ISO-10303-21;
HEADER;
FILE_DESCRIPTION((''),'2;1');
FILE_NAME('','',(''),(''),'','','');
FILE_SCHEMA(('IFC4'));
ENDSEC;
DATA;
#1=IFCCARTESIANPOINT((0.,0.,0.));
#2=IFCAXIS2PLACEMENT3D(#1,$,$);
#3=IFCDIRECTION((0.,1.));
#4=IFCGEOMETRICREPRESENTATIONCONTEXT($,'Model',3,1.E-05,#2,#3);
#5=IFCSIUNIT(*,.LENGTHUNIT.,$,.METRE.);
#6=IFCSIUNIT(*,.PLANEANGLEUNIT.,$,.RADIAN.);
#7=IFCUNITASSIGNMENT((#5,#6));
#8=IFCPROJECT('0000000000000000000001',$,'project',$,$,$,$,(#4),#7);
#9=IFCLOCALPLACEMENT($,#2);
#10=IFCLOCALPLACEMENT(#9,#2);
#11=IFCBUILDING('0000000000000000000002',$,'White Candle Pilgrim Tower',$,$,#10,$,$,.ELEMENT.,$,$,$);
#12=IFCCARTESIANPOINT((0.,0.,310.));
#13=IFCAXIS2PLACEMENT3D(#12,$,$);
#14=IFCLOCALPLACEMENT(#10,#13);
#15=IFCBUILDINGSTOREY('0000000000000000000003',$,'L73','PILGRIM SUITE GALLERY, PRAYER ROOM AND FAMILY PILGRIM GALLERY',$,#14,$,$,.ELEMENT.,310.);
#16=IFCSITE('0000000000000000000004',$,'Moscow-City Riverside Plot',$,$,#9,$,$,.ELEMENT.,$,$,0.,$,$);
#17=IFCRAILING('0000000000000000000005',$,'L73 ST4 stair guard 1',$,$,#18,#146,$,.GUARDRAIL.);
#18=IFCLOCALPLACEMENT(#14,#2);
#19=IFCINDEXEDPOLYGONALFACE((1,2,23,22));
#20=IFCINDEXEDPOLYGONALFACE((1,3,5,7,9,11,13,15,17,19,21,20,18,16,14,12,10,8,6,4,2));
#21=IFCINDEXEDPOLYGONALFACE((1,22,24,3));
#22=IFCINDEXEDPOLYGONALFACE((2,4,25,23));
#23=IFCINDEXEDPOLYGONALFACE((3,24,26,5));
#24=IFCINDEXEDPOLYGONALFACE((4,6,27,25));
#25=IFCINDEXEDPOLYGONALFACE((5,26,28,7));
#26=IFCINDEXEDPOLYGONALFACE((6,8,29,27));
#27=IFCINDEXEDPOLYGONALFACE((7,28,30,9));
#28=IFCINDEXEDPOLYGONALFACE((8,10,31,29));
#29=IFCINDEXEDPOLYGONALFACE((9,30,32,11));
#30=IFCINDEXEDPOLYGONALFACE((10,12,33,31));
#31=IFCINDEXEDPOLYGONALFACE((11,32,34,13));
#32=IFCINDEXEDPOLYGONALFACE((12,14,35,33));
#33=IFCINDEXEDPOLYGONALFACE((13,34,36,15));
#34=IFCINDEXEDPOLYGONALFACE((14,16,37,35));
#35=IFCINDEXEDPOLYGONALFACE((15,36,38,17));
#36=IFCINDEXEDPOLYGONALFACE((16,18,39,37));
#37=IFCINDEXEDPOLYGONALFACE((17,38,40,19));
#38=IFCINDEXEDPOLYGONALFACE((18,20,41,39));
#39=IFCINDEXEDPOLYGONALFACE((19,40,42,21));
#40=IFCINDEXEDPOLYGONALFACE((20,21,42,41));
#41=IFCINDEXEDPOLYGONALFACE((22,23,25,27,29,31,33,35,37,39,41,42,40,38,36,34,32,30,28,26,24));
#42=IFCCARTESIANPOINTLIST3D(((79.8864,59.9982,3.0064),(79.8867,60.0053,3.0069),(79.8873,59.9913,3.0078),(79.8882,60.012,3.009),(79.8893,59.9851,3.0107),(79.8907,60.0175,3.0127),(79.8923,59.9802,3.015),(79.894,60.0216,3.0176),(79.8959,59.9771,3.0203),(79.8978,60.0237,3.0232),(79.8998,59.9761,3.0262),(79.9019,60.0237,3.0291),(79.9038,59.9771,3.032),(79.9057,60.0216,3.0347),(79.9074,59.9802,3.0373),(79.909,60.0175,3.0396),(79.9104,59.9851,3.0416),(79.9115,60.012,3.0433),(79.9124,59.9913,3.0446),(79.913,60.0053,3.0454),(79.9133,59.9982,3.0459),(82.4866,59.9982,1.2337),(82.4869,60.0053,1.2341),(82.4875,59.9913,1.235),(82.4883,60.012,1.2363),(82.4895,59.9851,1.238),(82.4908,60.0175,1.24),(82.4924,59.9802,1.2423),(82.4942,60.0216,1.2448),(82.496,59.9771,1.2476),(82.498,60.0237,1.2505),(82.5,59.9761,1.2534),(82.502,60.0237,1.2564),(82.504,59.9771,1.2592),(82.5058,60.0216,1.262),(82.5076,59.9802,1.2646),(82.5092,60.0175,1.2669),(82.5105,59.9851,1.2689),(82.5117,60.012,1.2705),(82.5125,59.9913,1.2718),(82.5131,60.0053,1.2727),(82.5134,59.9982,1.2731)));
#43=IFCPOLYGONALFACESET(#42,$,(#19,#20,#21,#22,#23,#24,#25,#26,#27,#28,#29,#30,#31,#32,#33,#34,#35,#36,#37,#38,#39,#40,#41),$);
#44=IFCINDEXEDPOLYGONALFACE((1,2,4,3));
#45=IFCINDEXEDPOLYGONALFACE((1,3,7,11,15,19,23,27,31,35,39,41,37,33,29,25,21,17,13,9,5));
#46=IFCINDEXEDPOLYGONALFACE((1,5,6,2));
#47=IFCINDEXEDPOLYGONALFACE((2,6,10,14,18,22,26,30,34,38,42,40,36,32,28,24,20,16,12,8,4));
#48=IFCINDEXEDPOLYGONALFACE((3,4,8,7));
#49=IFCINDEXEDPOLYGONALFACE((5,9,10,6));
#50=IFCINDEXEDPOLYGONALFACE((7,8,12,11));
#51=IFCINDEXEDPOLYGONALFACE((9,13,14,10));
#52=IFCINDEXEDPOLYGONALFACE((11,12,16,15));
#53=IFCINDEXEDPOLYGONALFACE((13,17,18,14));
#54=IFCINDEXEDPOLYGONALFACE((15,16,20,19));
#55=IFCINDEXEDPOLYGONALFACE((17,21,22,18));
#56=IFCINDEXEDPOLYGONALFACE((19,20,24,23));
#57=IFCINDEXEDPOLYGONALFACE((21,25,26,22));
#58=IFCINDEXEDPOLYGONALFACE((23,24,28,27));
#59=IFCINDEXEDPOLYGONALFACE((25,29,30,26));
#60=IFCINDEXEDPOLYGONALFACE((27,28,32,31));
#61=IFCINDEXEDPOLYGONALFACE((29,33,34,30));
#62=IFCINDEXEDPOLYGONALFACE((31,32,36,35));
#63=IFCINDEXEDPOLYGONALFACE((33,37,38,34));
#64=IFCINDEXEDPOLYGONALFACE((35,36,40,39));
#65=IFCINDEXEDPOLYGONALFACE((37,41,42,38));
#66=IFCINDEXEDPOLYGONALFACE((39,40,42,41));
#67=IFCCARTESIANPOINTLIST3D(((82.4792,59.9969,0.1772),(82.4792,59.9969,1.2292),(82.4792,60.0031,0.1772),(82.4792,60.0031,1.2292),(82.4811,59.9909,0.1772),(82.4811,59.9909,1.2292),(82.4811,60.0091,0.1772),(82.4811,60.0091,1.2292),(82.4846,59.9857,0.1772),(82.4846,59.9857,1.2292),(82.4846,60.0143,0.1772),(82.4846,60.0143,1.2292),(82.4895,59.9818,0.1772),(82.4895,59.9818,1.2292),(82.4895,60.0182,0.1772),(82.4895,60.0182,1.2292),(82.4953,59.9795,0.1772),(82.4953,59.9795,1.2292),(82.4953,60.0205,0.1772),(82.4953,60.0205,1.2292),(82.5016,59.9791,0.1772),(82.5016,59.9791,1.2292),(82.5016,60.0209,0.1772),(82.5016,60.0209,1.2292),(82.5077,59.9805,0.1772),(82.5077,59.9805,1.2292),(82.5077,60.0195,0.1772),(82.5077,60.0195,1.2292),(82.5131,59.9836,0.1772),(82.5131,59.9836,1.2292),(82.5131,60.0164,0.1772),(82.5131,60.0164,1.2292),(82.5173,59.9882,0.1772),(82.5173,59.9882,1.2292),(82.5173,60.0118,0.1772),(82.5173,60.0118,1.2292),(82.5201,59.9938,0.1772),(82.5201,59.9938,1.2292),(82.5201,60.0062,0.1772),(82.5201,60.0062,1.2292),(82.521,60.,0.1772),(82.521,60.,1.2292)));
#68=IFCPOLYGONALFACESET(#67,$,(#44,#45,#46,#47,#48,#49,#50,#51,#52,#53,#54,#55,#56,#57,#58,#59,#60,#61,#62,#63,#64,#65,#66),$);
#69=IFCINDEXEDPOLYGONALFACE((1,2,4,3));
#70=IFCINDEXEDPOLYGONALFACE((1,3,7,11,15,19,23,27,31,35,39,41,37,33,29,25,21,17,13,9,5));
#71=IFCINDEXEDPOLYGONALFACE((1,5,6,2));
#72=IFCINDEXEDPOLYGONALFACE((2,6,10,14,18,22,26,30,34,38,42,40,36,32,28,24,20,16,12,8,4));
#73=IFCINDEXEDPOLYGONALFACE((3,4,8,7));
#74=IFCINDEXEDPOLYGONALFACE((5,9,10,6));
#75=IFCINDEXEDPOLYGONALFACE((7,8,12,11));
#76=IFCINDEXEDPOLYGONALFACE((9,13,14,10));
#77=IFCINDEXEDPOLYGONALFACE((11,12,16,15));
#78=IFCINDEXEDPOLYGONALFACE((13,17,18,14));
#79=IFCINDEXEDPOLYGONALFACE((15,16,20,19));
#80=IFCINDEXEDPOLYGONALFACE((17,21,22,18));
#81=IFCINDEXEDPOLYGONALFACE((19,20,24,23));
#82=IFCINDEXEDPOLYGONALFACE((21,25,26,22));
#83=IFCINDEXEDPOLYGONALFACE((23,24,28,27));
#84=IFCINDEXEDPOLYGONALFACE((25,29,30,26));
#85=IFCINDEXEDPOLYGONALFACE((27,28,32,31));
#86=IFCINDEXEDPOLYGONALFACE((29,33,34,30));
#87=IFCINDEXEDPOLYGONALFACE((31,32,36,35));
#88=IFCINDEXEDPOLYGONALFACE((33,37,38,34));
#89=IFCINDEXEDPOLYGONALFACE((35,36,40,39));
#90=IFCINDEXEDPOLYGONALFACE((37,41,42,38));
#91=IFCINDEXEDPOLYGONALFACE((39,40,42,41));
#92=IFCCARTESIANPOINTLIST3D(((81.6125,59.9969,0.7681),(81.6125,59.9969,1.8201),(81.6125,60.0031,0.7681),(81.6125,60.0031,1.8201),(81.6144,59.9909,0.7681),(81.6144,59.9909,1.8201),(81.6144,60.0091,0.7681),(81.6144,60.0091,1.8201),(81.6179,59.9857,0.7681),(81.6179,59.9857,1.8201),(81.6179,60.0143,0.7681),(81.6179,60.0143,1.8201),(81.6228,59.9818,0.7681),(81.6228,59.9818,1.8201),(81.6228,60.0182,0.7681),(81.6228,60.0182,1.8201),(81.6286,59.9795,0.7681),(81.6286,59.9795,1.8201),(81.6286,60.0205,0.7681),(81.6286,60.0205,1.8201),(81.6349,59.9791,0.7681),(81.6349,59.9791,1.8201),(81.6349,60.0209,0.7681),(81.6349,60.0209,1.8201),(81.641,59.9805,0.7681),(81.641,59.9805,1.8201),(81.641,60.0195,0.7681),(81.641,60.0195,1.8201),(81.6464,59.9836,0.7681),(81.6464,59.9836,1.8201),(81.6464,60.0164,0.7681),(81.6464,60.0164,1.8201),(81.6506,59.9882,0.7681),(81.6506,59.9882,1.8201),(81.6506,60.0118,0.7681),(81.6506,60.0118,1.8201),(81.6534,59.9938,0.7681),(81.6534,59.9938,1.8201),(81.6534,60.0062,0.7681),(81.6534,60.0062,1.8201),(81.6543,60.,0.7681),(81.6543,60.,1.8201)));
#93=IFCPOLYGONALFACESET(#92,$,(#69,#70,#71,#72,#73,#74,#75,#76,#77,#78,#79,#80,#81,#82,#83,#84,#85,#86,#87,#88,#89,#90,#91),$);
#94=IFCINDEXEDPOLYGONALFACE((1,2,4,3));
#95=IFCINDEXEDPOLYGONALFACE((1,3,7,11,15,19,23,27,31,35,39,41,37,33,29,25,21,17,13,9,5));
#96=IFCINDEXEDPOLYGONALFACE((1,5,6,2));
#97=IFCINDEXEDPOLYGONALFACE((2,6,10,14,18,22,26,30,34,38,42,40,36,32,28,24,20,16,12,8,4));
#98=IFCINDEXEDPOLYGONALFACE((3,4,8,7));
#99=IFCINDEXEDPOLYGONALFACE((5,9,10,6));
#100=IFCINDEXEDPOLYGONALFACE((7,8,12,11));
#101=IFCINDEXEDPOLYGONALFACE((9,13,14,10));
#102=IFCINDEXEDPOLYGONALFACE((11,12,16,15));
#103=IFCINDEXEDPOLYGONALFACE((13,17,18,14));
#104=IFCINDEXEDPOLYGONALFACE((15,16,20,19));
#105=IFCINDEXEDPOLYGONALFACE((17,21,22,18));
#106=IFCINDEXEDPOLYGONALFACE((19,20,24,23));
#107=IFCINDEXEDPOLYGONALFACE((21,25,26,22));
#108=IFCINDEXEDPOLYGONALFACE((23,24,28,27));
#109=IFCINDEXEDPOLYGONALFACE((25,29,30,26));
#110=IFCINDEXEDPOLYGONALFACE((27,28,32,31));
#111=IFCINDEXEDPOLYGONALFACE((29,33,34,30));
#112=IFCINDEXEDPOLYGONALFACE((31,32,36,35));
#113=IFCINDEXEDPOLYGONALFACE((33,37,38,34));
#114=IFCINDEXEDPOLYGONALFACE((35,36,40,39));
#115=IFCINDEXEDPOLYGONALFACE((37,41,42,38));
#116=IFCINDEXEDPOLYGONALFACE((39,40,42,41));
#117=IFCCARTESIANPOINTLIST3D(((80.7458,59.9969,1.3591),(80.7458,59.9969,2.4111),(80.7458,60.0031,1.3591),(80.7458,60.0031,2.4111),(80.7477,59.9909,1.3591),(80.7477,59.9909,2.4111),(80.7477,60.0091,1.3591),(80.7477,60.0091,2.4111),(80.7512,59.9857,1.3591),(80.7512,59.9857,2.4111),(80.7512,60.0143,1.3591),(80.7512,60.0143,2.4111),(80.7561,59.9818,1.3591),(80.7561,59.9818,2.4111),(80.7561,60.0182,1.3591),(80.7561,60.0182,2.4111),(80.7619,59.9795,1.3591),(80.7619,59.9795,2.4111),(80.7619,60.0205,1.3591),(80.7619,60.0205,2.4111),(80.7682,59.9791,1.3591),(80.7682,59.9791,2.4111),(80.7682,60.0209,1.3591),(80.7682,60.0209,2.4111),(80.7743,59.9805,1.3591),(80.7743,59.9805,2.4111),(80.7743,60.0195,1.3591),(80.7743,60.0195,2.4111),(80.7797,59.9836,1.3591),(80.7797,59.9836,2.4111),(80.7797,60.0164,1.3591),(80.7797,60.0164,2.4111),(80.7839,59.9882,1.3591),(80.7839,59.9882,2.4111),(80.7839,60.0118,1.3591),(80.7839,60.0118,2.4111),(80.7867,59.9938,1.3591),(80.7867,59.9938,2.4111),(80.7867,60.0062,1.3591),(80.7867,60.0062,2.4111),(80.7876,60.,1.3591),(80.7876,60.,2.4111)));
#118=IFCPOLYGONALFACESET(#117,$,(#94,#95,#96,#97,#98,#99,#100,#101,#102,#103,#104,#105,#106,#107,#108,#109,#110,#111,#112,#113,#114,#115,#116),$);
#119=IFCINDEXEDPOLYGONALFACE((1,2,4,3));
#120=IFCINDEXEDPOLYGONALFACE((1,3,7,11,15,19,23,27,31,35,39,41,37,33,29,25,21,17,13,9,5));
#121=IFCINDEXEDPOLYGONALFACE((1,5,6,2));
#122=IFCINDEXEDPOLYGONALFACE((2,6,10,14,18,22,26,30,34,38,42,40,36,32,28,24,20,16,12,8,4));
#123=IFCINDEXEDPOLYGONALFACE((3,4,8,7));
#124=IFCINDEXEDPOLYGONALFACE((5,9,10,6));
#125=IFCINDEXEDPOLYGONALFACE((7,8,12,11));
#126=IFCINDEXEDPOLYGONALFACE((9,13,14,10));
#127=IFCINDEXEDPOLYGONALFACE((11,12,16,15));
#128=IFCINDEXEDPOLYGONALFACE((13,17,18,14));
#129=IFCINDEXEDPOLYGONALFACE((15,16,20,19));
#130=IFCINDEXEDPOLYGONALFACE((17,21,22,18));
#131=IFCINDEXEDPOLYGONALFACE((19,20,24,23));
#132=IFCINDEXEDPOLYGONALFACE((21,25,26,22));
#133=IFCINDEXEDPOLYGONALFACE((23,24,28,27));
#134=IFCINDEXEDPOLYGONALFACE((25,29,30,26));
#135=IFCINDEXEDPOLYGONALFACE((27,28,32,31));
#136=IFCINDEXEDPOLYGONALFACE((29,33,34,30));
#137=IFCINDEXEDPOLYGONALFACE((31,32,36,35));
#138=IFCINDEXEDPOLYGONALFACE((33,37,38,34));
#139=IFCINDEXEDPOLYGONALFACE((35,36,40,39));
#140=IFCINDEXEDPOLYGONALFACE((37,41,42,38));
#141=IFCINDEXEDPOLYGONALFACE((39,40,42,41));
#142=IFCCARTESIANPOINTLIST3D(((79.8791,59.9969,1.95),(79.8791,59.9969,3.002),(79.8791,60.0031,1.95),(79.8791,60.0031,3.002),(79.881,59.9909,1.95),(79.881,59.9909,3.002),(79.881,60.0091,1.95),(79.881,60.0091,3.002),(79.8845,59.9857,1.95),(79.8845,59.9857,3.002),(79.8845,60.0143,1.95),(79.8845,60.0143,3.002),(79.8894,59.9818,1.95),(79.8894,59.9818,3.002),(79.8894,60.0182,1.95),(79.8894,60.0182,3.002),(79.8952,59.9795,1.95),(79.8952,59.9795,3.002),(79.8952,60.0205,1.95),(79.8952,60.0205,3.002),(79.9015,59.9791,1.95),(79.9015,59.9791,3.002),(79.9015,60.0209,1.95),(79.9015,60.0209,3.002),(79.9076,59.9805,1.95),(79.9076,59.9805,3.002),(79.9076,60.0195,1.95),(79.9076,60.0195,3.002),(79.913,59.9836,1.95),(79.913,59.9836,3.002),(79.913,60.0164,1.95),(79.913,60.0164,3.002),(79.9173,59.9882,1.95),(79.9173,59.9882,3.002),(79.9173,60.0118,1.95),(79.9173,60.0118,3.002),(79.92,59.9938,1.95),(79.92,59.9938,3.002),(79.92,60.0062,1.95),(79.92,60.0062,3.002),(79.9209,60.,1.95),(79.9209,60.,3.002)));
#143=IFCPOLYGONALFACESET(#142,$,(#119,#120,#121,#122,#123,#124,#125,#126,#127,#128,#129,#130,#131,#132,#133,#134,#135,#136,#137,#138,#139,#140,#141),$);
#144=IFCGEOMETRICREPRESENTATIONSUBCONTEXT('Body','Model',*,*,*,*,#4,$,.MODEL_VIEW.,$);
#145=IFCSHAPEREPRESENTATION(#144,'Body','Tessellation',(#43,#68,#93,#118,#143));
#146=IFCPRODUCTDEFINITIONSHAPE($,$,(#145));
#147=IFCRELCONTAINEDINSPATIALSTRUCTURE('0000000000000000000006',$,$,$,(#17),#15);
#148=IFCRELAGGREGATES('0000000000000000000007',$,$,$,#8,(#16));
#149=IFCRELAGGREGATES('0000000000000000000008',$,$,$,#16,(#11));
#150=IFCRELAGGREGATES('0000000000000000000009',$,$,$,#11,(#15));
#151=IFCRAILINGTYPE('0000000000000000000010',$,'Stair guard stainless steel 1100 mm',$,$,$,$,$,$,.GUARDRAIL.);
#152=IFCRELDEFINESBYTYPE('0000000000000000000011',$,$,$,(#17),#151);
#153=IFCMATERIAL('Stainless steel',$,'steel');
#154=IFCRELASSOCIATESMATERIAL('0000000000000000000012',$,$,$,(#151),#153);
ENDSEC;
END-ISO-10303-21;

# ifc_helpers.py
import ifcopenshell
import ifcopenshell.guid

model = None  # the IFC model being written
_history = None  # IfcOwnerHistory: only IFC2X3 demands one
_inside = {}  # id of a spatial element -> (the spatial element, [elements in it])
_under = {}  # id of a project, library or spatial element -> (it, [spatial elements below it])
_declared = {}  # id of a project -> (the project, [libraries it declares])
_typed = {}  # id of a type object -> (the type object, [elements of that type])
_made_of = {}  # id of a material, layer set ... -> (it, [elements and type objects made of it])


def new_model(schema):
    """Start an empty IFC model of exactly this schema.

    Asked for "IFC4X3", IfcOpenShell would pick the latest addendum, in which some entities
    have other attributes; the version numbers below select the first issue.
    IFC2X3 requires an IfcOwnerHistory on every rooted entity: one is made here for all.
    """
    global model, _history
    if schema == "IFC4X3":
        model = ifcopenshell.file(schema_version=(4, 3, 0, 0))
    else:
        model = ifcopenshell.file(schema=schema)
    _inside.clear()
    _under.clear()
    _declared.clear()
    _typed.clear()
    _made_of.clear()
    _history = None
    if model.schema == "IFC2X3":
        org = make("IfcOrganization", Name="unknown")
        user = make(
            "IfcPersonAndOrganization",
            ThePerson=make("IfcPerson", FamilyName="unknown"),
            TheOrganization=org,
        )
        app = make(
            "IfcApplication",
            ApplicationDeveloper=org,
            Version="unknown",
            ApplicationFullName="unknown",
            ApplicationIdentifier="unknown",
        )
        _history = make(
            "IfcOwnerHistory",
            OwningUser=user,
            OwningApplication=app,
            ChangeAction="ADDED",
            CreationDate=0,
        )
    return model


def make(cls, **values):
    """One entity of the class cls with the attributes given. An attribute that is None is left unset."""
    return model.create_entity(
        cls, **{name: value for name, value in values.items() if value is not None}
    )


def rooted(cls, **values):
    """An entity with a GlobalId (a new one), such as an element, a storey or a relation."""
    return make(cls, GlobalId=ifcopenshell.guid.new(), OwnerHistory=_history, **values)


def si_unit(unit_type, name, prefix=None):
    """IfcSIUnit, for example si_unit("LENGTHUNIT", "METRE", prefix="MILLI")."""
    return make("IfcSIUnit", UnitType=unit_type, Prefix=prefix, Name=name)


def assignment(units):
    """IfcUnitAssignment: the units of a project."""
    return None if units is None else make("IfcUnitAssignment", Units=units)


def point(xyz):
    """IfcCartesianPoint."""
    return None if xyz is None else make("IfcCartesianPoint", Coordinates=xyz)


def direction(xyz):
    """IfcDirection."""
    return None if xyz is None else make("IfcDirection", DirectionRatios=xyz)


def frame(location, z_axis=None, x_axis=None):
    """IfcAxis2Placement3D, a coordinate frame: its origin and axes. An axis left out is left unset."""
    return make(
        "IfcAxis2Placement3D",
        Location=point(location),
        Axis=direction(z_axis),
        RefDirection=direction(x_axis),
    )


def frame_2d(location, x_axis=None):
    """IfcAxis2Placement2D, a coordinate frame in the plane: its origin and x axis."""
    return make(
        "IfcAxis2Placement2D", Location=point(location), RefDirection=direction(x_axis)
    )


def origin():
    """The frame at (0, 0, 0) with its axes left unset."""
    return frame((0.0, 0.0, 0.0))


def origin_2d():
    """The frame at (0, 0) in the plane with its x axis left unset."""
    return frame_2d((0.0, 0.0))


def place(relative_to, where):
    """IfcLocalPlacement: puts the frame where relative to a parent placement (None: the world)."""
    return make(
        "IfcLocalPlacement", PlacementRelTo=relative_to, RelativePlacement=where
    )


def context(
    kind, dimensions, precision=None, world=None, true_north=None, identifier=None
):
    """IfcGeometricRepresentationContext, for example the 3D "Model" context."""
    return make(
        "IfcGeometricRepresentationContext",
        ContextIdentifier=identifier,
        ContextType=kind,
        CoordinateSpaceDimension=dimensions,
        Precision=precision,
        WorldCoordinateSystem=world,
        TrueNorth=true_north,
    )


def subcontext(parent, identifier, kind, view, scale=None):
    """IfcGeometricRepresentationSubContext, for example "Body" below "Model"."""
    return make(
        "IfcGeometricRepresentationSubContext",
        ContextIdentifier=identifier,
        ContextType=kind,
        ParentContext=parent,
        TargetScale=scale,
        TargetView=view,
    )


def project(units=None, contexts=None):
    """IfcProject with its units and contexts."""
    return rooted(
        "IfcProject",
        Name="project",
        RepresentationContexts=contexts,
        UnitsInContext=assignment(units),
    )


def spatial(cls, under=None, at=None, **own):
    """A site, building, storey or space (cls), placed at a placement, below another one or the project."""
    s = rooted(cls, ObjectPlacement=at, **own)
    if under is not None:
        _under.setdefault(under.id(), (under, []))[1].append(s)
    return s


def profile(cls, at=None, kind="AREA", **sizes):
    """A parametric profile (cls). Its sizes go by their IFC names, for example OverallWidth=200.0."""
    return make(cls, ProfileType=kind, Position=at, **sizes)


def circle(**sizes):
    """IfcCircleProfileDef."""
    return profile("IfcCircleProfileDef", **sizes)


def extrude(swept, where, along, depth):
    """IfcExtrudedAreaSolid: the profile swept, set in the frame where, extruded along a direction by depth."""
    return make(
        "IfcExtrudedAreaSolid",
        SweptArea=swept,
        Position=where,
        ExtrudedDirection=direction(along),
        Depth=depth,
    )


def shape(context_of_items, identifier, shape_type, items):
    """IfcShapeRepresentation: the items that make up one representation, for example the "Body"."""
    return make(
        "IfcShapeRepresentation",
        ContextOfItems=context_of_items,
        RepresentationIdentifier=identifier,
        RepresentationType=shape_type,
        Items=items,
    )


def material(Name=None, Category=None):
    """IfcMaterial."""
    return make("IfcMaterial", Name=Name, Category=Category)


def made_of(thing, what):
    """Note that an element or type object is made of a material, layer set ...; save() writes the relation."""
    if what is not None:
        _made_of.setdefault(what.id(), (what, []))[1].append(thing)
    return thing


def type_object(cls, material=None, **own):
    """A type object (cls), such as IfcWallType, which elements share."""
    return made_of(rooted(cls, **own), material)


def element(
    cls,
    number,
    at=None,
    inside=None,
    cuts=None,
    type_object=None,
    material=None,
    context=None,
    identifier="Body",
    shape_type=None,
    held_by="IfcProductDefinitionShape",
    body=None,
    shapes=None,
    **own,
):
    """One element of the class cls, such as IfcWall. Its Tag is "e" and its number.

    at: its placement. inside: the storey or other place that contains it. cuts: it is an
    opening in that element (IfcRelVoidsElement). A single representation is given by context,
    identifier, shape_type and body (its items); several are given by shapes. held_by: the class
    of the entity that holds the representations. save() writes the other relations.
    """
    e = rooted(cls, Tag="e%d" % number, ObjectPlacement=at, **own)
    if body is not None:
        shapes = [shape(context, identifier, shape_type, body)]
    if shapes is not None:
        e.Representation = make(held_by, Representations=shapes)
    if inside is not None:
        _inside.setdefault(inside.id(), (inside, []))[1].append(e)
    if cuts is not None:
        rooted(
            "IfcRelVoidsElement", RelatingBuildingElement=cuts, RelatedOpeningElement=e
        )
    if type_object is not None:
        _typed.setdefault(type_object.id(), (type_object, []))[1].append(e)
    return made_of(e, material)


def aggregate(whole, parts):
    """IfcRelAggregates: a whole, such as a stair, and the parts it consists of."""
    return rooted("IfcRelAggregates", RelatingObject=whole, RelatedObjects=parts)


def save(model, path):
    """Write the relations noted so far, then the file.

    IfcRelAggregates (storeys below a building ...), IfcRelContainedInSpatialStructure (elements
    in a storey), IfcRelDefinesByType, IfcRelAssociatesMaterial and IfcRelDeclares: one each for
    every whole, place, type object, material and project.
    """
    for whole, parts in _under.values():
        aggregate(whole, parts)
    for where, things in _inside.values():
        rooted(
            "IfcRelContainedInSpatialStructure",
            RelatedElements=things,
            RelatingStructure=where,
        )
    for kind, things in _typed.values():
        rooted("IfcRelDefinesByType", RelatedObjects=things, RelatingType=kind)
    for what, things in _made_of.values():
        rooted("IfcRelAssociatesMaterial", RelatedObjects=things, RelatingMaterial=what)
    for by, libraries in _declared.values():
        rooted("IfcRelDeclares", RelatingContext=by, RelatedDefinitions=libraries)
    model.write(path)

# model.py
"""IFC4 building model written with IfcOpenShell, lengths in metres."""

from ifc_helpers import new_model, si_unit, direction, frame, origin, origin_2d, place, context, subcontext, project, spatial, circle, extrude, material, type_object, element, save


model = new_model("IFC4")

# Units and contexts
model_context = context("Model", 3, precision=1e-05, world=origin(), true_north=direction((0.0, 1.0)))
body_context = subcontext(model_context, "Body", "Model", "MODEL_VIEW")
ifc_project = project(units=[si_unit("LENGTHUNIT", "METRE"), si_unit("PLANEANGLEUNIT", "RADIAN")], contexts=[model_context])

# Site, building, storey
site_placement = place(None, origin())
site = spatial("IfcSite", under=ifc_project, at=site_placement, Name="Moscow-City Riverside Plot", CompositionType="ELEMENT", RefElevation=0.0)
building_placement = place(site_placement, origin())
building = spatial("IfcBuilding", under=site, at=building_placement, Name="White Candle Pilgrim Tower", CompositionType="ELEMENT")
storey_placement = place(building_placement, frame((0.0, 0.0, 310.0)))
storey = spatial("IfcBuildingStorey", under=building, at=storey_placement, Name="L73", Description="PILGRIM SUITE GALLERY, PRAYER ROOM AND FAMILY PILGRIM GALLERY", CompositionType="ELEMENT", Elevation=310.0)

# Railing
ifc_material_1 = material(Name="Stainless steel", Category="steel")
railing_type_1 = type_object("IfcRailingType", Name="Stair guard stainless steel 1100 mm", PredefinedType="GUARDRAIL", material=ifc_material_1)
railing_1_placement = place(storey_placement, frame((82.5, 60.0, 0.1772)))
element("IfcRailing", 1, at=railing_1_placement, inside=storey, type_object=railing_type_1, Name="L73 ST4 stair guard 1", PredefinedType="GUARDRAIL", context=body_context, shape_type="SweptSolid", body=[
    extrude(circle(Radius=0.0239, at=origin_2d()), frame((0.0, 0.0, 1.0762), z_axis=(-0.82624, 0.0, 0.563318), x_axis=(0.0, -1.0, 0.0)), (0.0, 0.0, 1.0), 3.147),
    extrude(circle(Radius=0.021, at=origin_2d()), origin(), (0.0, 0.0, 1.0), 1.052),
    extrude(circle(Radius=0.021, at=origin_2d()), frame((-0.8667, 0.0, 0.5908)), (0.0, 0.0, 1.0), 1.052),
    extrude(circle(Radius=0.021, at=origin_2d()), frame((-1.7334, 0.0, 1.1819)), (0.0, 0.0, 1.0), 1.052),
    extrude(circle(Radius=0.021, at=origin_2d()), frame((-2.6001, 0.0, 1.7727)), (0.0, 0.0, 1.0), 1.052),
])

save(model, "model.ifc")
